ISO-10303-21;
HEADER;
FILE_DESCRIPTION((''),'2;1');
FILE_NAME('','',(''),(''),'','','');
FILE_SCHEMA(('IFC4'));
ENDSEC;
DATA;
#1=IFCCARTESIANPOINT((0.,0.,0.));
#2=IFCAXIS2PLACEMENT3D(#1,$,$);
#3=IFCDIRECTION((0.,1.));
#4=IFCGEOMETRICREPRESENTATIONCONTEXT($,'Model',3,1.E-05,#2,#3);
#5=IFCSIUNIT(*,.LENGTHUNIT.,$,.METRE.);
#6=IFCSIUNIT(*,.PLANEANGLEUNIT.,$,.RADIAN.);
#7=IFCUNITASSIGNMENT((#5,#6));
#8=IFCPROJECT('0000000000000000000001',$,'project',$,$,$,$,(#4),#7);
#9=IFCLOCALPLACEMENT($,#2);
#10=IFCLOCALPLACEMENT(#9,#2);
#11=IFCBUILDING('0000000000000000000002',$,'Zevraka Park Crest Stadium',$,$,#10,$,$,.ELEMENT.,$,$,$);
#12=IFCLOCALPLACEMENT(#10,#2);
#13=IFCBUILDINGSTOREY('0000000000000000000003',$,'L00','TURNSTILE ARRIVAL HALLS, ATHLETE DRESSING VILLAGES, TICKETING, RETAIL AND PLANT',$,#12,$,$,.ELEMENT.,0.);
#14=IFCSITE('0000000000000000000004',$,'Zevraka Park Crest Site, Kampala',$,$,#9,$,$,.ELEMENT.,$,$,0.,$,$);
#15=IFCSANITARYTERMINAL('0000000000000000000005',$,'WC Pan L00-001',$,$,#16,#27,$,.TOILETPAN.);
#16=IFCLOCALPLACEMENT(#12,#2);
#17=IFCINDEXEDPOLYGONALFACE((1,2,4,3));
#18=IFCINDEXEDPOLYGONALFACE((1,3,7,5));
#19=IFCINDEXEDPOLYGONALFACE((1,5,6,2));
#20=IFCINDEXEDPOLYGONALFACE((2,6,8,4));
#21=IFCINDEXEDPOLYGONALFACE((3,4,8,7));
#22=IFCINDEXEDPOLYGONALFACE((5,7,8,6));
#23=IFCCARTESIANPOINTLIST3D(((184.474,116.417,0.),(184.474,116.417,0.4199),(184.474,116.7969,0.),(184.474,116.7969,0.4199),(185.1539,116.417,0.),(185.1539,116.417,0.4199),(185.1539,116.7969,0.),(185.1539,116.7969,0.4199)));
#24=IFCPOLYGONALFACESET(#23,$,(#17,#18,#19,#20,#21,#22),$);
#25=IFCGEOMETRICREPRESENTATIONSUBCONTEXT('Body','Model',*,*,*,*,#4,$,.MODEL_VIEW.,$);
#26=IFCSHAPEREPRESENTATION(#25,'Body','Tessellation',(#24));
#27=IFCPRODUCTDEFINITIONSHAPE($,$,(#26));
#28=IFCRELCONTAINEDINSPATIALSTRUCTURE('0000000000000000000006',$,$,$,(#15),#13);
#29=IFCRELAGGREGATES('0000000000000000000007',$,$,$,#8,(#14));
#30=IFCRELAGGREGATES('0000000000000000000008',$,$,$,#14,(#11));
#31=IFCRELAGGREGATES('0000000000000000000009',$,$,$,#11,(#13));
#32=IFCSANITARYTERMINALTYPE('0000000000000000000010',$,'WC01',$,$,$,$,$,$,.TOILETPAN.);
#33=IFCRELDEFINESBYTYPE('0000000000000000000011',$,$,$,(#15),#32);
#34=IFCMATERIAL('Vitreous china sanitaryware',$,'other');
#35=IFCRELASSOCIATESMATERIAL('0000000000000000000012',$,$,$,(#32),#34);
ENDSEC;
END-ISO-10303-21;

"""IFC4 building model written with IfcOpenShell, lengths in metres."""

from ifc_helpers import new_model, si_unit, direction, frame, origin, origin_2d, place, context, subcontext, project, spatial, rectangle, extrude, material, type_object, element, save


model = new_model("IFC4")

# Units and contexts
model_context = context("Model", 3, precision=1e-05, world=origin(), true_north=direction((0.0, 1.0)))
body_context = subcontext(model_context, "Body", "Model", "MODEL_VIEW")
ifc_project = project(units=[si_unit("LENGTHUNIT", "METRE"), si_unit("PLANEANGLEUNIT", "RADIAN")], contexts=[model_context])

# Site, building, storey
site_placement = place(None, origin())
site = spatial("IfcSite", under=ifc_project, at=site_placement, Name="Zevraka Park Crest Site, Kampala", CompositionType="ELEMENT", RefElevation=0.0)
building_placement = place(site_placement, origin())
building = spatial("IfcBuilding", under=site, at=building_placement, Name="Zevraka Park Crest Stadium", CompositionType="ELEMENT")
storey_placement = place(building_placement, origin())
storey = spatial("IfcBuildingStorey", under=building, at=storey_placement, Name="L00", Description="TURNSTILE ARRIVAL HALLS, ATHLETE DRESSING VILLAGES, TICKETING, RETAIL AND PLANT", CompositionType="ELEMENT", Elevation=0.0)

# Sanitary terminal
ifc_material_1 = material(Name="Vitreous china sanitaryware", Category="other")
sanitary_terminal_type_1 = type_object("IfcSanitaryTerminalType", Name="WC01", PredefinedType="TOILETPAN", material=ifc_material_1)
sanitary_terminal_1_placement = place(storey_placement, frame((184.814, 116.6069, 0.0), z_axis=(0.0, 0.0, 1.0), x_axis=(1.0, 0.0, 0.0)))
element("IfcSanitaryTerminal", 1, at=sanitary_terminal_1_placement, inside=storey, type_object=sanitary_terminal_type_1, Name="WC Pan L00-001", PredefinedType="TOILETPAN", context=body_context, shape_type="SweptSolid", body=[
    extrude(rectangle(XDim=0.6799, YDim=0.3799, at=origin_2d()), origin(), (0.0, 0.0, 1.0), 0.4199),
])

save(model, "model.ifc")
